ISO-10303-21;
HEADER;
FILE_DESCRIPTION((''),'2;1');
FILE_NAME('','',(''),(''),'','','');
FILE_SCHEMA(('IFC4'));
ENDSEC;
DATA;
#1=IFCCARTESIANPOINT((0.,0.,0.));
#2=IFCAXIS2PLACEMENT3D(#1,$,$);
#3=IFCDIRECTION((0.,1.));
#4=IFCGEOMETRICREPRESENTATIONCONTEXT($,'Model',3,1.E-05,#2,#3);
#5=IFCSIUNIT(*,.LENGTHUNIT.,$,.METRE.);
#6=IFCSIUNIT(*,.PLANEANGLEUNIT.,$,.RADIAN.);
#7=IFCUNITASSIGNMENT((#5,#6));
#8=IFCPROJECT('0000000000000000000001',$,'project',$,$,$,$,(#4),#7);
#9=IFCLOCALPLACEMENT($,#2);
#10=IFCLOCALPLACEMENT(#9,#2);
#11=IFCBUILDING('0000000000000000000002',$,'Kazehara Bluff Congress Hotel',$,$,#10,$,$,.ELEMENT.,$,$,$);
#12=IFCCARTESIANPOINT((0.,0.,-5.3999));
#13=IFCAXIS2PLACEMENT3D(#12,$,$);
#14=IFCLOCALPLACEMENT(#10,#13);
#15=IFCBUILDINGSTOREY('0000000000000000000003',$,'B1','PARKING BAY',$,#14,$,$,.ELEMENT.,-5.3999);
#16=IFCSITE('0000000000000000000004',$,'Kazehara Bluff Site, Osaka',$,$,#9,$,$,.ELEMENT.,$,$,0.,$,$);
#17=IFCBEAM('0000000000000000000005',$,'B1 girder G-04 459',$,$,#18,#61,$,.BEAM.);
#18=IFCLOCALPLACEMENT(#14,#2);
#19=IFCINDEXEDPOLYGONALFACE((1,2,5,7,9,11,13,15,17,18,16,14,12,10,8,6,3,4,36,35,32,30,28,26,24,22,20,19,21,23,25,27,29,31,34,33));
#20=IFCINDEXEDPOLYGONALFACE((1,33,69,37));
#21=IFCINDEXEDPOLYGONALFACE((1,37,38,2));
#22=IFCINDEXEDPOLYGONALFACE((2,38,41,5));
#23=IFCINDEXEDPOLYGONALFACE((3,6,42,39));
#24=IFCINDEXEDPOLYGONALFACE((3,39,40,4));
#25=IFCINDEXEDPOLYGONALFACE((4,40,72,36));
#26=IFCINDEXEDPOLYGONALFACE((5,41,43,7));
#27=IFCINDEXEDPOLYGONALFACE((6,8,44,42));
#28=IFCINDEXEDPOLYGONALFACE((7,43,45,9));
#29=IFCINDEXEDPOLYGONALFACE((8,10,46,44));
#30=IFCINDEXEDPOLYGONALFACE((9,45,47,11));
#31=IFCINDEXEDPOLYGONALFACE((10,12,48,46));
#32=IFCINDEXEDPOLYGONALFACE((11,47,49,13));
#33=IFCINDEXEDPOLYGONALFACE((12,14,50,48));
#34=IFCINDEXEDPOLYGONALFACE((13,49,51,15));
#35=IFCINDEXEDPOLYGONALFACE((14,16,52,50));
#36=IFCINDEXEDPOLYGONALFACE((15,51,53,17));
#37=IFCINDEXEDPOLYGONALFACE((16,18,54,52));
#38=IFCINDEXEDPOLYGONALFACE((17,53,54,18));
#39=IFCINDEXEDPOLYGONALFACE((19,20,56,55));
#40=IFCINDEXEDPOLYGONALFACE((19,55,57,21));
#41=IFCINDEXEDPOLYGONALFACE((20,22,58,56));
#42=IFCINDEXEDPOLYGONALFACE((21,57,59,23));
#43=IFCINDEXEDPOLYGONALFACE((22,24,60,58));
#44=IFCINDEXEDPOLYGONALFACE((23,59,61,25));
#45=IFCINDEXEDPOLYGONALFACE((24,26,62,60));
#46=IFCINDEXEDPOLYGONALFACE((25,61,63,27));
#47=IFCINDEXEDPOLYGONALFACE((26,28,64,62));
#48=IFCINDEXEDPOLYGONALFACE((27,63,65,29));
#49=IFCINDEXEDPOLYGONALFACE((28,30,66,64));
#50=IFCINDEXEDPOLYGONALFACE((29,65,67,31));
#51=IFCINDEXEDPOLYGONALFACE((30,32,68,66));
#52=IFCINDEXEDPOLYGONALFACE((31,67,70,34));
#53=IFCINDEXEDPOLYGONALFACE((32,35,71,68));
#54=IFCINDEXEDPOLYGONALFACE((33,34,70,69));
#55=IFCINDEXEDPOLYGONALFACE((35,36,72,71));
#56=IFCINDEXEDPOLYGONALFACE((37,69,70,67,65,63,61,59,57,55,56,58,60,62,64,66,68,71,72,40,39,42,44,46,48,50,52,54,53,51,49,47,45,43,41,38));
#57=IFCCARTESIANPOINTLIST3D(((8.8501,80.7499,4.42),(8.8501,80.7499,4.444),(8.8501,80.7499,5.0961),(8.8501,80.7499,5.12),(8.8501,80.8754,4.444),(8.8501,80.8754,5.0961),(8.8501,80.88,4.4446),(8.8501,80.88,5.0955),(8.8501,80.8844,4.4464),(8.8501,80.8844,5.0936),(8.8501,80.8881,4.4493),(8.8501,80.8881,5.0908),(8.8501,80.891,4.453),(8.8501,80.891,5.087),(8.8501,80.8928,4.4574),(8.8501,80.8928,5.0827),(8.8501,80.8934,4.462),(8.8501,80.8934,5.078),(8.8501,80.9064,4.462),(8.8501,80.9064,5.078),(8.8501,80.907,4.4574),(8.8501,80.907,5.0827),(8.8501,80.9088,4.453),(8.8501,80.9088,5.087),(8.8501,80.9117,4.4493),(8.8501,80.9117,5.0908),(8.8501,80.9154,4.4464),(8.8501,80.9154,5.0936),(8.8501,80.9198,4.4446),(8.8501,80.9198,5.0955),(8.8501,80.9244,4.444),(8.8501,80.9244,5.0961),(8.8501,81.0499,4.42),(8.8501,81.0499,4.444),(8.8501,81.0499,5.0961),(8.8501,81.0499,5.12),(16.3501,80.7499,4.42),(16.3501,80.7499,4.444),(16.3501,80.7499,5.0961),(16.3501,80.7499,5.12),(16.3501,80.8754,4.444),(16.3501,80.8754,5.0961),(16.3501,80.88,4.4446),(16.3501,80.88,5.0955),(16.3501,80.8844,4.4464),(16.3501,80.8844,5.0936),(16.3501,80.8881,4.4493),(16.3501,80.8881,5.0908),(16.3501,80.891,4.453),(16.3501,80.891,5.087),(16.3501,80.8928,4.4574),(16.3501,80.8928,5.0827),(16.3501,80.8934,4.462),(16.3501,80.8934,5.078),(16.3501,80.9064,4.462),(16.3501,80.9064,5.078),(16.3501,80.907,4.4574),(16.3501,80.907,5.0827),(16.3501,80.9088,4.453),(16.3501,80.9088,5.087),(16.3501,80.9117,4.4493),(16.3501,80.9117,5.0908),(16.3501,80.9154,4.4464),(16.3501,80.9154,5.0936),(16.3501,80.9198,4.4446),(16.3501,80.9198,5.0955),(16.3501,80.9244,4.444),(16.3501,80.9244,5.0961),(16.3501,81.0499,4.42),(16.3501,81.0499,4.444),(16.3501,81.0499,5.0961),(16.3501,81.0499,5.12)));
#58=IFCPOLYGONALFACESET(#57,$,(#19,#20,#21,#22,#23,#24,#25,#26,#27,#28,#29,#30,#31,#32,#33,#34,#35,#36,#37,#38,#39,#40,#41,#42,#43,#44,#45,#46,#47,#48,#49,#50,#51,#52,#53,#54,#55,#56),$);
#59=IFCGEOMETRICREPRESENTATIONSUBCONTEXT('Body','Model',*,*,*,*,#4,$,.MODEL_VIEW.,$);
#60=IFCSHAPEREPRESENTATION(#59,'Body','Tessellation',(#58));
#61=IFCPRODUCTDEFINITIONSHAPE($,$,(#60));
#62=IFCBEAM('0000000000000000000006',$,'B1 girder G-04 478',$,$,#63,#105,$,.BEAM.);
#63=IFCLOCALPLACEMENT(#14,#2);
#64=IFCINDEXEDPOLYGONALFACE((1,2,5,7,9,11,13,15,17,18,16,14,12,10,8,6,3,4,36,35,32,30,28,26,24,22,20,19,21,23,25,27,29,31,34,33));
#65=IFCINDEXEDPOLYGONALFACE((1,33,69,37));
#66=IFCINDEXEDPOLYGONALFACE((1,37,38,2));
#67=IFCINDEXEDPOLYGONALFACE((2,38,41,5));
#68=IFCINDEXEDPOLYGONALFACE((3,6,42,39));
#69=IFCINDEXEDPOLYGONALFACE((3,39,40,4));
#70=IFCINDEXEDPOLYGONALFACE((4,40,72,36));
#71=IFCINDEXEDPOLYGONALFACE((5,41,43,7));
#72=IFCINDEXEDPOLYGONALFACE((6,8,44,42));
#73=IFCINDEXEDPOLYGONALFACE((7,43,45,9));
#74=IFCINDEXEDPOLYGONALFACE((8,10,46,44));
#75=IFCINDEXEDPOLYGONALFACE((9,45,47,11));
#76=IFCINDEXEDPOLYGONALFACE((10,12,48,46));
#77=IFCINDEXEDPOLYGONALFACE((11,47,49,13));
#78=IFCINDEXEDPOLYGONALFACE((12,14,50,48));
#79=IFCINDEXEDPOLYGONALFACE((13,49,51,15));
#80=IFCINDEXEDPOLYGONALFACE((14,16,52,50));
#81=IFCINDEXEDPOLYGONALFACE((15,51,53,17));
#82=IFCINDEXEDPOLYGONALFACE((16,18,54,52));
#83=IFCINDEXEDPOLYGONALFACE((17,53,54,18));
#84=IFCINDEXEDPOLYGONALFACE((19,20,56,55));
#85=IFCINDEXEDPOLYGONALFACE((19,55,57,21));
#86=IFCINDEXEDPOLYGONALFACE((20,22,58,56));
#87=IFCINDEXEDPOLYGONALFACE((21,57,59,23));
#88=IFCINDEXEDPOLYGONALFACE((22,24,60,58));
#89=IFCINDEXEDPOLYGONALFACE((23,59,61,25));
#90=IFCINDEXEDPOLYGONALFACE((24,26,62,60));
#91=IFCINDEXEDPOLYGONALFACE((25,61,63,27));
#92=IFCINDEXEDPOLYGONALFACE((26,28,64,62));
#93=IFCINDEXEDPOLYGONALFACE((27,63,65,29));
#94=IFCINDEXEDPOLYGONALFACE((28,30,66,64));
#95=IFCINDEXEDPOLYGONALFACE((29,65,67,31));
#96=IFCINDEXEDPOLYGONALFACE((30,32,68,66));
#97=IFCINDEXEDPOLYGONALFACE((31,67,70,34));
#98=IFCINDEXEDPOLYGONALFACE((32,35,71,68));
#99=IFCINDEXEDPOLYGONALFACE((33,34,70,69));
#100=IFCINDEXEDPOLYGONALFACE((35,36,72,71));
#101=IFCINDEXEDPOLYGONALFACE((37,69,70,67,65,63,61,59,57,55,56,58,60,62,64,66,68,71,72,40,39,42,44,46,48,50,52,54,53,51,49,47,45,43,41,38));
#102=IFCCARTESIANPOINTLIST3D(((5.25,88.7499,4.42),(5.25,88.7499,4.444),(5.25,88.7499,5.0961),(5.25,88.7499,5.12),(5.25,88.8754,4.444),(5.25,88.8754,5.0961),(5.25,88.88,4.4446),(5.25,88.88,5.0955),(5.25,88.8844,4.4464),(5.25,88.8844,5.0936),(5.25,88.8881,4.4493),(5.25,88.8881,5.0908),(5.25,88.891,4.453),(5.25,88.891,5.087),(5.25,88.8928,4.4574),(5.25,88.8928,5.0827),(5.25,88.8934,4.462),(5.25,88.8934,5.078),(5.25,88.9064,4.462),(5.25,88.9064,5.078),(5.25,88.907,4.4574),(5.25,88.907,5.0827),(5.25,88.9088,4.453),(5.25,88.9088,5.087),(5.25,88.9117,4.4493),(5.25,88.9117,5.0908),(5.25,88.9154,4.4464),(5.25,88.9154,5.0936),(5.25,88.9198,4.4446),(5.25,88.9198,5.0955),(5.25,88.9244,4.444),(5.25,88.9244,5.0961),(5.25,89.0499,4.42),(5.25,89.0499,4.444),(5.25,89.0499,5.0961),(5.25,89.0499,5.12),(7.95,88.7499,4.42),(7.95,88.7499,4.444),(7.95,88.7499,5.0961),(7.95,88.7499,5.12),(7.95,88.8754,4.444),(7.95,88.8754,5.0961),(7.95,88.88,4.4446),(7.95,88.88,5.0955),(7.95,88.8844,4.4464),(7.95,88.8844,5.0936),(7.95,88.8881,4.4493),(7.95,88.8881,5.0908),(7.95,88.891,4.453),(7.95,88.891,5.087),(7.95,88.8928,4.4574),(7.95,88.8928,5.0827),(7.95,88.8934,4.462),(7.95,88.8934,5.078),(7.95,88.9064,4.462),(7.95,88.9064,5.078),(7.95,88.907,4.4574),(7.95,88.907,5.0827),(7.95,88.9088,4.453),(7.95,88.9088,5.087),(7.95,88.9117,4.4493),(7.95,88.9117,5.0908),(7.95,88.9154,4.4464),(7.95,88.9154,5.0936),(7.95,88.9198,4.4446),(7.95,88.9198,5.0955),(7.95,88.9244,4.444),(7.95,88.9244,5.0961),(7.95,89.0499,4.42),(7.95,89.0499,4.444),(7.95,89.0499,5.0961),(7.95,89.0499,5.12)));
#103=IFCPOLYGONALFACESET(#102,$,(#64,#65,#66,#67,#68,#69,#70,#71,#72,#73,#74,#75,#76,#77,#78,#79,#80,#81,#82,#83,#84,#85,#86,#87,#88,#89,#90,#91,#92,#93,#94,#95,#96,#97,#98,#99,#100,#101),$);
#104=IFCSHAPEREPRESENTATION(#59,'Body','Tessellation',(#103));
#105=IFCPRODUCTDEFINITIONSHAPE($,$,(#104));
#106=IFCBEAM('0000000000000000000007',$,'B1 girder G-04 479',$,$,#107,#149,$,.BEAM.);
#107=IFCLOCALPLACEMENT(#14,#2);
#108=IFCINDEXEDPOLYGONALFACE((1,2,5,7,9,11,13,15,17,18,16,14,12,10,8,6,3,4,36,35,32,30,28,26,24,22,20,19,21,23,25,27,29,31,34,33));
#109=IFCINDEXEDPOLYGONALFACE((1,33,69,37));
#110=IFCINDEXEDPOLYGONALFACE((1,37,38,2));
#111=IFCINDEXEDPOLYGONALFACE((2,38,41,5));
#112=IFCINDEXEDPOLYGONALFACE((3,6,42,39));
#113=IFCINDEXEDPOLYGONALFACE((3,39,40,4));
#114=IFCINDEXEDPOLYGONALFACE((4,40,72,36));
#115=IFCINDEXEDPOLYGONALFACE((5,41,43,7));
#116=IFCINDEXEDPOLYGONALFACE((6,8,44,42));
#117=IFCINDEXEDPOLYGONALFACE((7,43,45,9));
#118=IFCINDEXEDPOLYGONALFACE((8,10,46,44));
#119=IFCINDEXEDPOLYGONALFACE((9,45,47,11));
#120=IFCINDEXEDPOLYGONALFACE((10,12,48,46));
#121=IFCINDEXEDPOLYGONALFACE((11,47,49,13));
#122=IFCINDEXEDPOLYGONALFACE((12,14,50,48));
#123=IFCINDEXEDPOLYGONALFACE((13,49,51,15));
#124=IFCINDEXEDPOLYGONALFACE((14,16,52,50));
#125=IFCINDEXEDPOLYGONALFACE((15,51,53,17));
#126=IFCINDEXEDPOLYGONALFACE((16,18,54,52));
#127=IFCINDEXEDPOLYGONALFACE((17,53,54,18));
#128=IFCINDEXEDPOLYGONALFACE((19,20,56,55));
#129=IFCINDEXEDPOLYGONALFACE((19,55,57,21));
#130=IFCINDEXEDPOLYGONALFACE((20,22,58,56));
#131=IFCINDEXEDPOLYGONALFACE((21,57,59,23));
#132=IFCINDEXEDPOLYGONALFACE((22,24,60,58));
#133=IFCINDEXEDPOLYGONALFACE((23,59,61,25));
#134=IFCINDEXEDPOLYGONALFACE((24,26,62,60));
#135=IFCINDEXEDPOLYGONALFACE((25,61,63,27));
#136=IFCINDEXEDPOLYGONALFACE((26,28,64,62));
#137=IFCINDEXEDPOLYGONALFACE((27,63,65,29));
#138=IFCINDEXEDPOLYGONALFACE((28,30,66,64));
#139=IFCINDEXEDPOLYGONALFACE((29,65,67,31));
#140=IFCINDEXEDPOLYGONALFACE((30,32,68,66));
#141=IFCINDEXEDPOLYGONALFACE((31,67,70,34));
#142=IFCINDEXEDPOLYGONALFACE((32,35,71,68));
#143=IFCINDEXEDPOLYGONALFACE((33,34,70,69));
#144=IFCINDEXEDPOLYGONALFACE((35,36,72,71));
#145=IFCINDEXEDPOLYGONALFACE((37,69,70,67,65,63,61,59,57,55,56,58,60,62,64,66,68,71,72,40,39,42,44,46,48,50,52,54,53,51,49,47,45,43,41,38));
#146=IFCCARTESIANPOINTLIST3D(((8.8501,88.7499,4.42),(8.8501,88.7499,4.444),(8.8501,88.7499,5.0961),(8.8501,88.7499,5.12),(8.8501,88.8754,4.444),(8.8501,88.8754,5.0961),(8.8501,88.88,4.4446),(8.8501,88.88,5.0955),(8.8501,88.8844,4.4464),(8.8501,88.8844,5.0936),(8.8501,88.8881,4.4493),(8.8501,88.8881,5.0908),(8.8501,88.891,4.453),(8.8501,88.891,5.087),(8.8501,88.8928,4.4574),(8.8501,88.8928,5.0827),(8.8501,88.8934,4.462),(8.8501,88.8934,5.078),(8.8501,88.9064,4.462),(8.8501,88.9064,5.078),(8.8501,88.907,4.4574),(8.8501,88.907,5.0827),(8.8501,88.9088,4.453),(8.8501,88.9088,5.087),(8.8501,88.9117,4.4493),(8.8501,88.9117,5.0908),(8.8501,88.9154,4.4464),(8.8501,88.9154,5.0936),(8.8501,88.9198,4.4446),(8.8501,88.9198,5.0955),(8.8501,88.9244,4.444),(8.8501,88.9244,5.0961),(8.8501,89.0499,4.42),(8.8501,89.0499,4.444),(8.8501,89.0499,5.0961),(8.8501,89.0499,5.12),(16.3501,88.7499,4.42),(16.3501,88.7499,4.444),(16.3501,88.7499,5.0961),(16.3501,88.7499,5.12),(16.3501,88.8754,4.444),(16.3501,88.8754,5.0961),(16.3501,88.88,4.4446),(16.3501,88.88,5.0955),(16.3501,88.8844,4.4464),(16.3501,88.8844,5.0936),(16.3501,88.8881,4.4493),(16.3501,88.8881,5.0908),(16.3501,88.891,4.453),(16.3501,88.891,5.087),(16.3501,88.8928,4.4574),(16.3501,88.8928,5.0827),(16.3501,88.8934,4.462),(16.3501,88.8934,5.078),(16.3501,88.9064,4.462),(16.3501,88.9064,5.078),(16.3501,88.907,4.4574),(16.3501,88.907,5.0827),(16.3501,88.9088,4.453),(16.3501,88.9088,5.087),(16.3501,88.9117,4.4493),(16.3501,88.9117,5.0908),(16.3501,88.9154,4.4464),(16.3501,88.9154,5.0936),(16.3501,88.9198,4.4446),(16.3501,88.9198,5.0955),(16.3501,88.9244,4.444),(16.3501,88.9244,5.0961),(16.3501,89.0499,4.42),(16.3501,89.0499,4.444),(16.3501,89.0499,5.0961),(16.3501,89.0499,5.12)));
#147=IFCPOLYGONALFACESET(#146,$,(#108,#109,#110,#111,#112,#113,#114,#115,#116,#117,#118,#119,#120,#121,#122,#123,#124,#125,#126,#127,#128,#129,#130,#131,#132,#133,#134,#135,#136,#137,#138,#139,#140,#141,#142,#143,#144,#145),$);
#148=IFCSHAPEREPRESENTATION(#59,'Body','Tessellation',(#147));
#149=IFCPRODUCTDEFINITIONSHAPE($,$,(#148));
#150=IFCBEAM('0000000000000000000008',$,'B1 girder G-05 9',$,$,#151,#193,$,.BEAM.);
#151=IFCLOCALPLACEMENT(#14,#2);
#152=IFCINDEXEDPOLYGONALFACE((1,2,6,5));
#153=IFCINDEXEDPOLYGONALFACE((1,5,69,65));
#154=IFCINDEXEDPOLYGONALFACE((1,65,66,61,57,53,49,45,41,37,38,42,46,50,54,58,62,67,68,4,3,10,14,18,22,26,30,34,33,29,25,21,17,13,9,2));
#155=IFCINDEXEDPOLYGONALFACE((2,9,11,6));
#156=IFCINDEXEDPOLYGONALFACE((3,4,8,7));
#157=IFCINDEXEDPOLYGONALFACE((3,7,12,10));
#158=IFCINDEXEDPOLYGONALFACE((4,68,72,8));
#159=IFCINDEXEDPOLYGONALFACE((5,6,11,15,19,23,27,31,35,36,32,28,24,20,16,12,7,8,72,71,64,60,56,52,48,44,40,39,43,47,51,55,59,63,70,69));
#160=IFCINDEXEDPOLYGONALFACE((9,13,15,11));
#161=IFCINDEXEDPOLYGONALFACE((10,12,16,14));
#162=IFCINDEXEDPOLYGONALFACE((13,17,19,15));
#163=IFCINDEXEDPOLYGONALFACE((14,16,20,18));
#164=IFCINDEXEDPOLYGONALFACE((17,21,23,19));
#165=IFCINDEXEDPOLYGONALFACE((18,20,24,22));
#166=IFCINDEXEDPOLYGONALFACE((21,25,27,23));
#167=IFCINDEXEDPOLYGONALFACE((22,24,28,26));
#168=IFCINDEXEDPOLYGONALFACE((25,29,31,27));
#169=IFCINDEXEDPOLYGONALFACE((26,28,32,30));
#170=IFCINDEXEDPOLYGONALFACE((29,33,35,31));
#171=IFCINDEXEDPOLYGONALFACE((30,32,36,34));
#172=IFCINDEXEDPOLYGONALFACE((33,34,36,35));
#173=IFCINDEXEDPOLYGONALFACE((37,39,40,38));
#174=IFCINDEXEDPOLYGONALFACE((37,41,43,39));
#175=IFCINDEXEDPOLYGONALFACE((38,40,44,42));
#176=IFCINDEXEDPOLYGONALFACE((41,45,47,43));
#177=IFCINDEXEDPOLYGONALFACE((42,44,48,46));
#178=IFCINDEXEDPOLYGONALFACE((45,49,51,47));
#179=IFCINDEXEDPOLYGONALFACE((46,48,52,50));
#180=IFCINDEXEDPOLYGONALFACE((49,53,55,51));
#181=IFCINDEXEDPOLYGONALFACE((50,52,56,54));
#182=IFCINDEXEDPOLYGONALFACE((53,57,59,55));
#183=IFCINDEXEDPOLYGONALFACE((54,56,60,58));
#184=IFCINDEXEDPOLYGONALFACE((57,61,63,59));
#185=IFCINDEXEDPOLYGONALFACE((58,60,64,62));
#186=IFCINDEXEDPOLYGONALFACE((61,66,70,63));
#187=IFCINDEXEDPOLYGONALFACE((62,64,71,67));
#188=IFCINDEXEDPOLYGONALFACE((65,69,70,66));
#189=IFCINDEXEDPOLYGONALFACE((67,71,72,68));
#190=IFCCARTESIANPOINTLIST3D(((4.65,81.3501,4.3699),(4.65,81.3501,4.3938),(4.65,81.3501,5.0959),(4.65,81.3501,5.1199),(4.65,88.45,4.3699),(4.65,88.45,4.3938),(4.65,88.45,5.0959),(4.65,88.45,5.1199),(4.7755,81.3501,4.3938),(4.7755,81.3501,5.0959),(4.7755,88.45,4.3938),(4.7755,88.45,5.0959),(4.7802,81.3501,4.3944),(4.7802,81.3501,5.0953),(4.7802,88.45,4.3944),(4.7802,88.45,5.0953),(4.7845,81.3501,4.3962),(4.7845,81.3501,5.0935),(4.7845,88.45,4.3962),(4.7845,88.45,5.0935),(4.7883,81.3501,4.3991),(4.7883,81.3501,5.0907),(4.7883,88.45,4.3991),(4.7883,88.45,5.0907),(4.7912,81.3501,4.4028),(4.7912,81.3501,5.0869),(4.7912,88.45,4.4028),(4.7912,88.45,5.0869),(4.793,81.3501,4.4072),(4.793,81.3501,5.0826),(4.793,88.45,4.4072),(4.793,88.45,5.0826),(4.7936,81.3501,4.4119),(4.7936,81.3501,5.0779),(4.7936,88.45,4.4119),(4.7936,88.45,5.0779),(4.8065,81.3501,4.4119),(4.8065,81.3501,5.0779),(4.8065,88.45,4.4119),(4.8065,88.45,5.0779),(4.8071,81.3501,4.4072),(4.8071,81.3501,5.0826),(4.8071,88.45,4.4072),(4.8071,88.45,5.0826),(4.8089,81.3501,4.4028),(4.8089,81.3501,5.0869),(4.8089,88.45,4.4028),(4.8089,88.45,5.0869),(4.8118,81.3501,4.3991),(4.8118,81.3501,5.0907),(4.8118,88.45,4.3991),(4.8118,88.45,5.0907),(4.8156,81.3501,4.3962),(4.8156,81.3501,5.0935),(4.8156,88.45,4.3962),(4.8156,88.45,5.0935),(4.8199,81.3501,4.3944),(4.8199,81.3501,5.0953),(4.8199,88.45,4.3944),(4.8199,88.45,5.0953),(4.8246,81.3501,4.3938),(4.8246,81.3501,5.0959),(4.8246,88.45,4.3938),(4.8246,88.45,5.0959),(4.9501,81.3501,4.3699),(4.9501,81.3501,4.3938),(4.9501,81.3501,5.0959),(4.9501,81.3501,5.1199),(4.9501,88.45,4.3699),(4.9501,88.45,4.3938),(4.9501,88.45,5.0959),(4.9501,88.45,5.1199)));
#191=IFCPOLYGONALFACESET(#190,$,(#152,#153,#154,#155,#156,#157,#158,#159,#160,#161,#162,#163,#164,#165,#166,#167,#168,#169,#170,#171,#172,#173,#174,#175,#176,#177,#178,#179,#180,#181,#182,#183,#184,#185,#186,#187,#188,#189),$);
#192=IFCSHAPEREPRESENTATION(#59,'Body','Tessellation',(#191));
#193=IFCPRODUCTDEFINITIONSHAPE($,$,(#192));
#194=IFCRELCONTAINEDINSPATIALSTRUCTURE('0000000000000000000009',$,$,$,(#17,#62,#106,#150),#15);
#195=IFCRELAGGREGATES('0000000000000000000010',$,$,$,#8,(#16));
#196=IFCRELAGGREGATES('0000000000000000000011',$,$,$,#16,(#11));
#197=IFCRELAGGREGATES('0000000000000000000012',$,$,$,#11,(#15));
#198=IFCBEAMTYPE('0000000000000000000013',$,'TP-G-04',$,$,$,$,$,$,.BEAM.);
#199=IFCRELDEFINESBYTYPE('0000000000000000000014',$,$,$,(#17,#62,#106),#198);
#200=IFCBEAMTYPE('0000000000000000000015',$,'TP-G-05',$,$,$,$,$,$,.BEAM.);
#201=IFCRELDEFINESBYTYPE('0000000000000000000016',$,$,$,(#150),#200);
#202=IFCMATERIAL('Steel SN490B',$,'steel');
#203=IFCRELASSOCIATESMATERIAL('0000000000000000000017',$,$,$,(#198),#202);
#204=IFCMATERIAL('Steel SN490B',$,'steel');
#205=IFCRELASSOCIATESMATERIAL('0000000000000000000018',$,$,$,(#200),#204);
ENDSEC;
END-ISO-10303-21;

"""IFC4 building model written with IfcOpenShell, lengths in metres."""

from ifc_helpers import new_model, si_unit, direction, frame, origin, origin_2d, place, context, subcontext, project, spatial, i_section, extrude, material, material_profile, profile_set, type_object, element, save


model = new_model("IFC4")

# Units and contexts
model_context = context("Model", 3, precision=1e-05, world=origin(), true_north=direction((0.0, 1.0)))
body_context = subcontext(model_context, "Body", "Model", "MODEL_VIEW")
ifc_project = project(units=[si_unit("LENGTHUNIT", "METRE"), si_unit("PLANEANGLEUNIT", "RADIAN")], contexts=[model_context])

# Site, building, storey
site_placement = place(None, origin())
site = spatial("IfcSite", under=ifc_project, at=site_placement, Name="Kazehara Bluff Site, Osaka", CompositionType="ELEMENT", RefElevation=0.0)
building_placement = place(site_placement, origin())
building = spatial("IfcBuilding", under=site, at=building_placement, Name="Kazehara Bluff Congress Hotel", CompositionType="ELEMENT")
storey_placement = place(building_placement, frame((0.0, 0.0, -5.3999)))
storey = spatial("IfcBuildingStorey", under=building, at=storey_placement, Name="B1", Description="PARKING BAY", CompositionType="ELEMENT", Elevation=-5.3999)

# Beams
ifc_material_1 = material(Name="Steel SN490B", Category="steel")
ifc_material_profile_1 = material_profile(ifc_material_1, i_section(OverallWidth=0.3, OverallDepth=0.7, WebThickness=0.0129, FlangeThickness=0.0239, FilletRadius=0.0181, at=origin_2d()))
ifc_profile_set_1 = profile_set([ifc_material_profile_1], Name="Steel SN490B")
beam_type_1 = type_object("IfcBeamType", Name="TP-G-04", PredefinedType="BEAM", material=ifc_profile_set_1)
beam_1_placement = place(storey_placement, frame((8.8501, 80.8999, 4.77), z_axis=(1.0, 0.0, 0.0), x_axis=(0.0, 1.0, 0.0)))
element("IfcBeam", 1, at=beam_1_placement, inside=storey, type_object=beam_type_1, Name="B1 girder G-04 459", PredefinedType="BEAM", context=body_context, shape_type="SweptSolid", body=[
    extrude(i_section(OverallWidth=0.3, OverallDepth=0.7, WebThickness=0.0129, FlangeThickness=0.0239, FilletRadius=0.0181, at=origin_2d()), origin(), (0.0, 0.0, 1.0), 7.5),
])
beam_2_placement = place(storey_placement, frame((5.25, 88.8999, 4.77), z_axis=(1.0, 0.0, 0.0), x_axis=(0.0, 1.0, 0.0)))
element("IfcBeam", 2, at=beam_2_placement, inside=storey, type_object=beam_type_1, Name="B1 girder G-04 478", PredefinedType="BEAM", context=body_context, shape_type="SweptSolid", body=[
    extrude(i_section(OverallWidth=0.3, OverallDepth=0.7, WebThickness=0.0129, FlangeThickness=0.0239, FilletRadius=0.0181, at=origin_2d()), origin(), (0.0, 0.0, 1.0), 2.7),
])
beam_3_placement = place(storey_placement, frame((8.8501, 88.8999, 4.77), z_axis=(1.0, 0.0, 0.0), x_axis=(0.0, 1.0, 0.0)))
element("IfcBeam", 3, at=beam_3_placement, inside=storey, type_object=beam_type_1, Name="B1 girder G-04 479", PredefinedType="BEAM", context=body_context, shape_type="SweptSolid", body=[
    extrude(i_section(OverallWidth=0.3, OverallDepth=0.7, WebThickness=0.0129, FlangeThickness=0.0239, FilletRadius=0.0181, at=origin_2d()), origin(), (0.0, 0.0, 1.0), 7.5),
])
ifc_material_2 = material(Name="Steel SN490B", Category="steel")
ifc_material_profile_2 = material_profile(ifc_material_2, i_section(OverallWidth=0.3, OverallDepth=0.75, WebThickness=0.0129, FlangeThickness=0.0239, FilletRadius=0.0181, at=origin_2d()))
ifc_profile_set_2 = profile_set([ifc_material_profile_2], Name="Steel SN490B")
beam_type_2 = type_object("IfcBeamType", Name="TP-G-05", PredefinedType="BEAM", material=ifc_profile_set_2)
for number, where, z_axis, x_axis, name in (
    (4, (4.8, 81.3501, 4.7449), (0.0, 1.0, 0.0), (-1.0, 0.0, 0.0), "B1 girder G-05 9"),
):
    element("IfcBeam", number, at=place(storey_placement, frame(where, z_axis=z_axis, x_axis=x_axis)), inside=storey, type_object=beam_type_2, Name=name, PredefinedType="BEAM", context=body_context, shape_type="SweptSolid", body=[
        extrude(i_section(OverallWidth=0.3, OverallDepth=0.75, WebThickness=0.0129, FlangeThickness=0.0239, FilletRadius=0.0181, at=origin_2d()), origin(), (0.0, 0.0, 1.0), 7.0999),
    ])

save(model, "model.ifc")
